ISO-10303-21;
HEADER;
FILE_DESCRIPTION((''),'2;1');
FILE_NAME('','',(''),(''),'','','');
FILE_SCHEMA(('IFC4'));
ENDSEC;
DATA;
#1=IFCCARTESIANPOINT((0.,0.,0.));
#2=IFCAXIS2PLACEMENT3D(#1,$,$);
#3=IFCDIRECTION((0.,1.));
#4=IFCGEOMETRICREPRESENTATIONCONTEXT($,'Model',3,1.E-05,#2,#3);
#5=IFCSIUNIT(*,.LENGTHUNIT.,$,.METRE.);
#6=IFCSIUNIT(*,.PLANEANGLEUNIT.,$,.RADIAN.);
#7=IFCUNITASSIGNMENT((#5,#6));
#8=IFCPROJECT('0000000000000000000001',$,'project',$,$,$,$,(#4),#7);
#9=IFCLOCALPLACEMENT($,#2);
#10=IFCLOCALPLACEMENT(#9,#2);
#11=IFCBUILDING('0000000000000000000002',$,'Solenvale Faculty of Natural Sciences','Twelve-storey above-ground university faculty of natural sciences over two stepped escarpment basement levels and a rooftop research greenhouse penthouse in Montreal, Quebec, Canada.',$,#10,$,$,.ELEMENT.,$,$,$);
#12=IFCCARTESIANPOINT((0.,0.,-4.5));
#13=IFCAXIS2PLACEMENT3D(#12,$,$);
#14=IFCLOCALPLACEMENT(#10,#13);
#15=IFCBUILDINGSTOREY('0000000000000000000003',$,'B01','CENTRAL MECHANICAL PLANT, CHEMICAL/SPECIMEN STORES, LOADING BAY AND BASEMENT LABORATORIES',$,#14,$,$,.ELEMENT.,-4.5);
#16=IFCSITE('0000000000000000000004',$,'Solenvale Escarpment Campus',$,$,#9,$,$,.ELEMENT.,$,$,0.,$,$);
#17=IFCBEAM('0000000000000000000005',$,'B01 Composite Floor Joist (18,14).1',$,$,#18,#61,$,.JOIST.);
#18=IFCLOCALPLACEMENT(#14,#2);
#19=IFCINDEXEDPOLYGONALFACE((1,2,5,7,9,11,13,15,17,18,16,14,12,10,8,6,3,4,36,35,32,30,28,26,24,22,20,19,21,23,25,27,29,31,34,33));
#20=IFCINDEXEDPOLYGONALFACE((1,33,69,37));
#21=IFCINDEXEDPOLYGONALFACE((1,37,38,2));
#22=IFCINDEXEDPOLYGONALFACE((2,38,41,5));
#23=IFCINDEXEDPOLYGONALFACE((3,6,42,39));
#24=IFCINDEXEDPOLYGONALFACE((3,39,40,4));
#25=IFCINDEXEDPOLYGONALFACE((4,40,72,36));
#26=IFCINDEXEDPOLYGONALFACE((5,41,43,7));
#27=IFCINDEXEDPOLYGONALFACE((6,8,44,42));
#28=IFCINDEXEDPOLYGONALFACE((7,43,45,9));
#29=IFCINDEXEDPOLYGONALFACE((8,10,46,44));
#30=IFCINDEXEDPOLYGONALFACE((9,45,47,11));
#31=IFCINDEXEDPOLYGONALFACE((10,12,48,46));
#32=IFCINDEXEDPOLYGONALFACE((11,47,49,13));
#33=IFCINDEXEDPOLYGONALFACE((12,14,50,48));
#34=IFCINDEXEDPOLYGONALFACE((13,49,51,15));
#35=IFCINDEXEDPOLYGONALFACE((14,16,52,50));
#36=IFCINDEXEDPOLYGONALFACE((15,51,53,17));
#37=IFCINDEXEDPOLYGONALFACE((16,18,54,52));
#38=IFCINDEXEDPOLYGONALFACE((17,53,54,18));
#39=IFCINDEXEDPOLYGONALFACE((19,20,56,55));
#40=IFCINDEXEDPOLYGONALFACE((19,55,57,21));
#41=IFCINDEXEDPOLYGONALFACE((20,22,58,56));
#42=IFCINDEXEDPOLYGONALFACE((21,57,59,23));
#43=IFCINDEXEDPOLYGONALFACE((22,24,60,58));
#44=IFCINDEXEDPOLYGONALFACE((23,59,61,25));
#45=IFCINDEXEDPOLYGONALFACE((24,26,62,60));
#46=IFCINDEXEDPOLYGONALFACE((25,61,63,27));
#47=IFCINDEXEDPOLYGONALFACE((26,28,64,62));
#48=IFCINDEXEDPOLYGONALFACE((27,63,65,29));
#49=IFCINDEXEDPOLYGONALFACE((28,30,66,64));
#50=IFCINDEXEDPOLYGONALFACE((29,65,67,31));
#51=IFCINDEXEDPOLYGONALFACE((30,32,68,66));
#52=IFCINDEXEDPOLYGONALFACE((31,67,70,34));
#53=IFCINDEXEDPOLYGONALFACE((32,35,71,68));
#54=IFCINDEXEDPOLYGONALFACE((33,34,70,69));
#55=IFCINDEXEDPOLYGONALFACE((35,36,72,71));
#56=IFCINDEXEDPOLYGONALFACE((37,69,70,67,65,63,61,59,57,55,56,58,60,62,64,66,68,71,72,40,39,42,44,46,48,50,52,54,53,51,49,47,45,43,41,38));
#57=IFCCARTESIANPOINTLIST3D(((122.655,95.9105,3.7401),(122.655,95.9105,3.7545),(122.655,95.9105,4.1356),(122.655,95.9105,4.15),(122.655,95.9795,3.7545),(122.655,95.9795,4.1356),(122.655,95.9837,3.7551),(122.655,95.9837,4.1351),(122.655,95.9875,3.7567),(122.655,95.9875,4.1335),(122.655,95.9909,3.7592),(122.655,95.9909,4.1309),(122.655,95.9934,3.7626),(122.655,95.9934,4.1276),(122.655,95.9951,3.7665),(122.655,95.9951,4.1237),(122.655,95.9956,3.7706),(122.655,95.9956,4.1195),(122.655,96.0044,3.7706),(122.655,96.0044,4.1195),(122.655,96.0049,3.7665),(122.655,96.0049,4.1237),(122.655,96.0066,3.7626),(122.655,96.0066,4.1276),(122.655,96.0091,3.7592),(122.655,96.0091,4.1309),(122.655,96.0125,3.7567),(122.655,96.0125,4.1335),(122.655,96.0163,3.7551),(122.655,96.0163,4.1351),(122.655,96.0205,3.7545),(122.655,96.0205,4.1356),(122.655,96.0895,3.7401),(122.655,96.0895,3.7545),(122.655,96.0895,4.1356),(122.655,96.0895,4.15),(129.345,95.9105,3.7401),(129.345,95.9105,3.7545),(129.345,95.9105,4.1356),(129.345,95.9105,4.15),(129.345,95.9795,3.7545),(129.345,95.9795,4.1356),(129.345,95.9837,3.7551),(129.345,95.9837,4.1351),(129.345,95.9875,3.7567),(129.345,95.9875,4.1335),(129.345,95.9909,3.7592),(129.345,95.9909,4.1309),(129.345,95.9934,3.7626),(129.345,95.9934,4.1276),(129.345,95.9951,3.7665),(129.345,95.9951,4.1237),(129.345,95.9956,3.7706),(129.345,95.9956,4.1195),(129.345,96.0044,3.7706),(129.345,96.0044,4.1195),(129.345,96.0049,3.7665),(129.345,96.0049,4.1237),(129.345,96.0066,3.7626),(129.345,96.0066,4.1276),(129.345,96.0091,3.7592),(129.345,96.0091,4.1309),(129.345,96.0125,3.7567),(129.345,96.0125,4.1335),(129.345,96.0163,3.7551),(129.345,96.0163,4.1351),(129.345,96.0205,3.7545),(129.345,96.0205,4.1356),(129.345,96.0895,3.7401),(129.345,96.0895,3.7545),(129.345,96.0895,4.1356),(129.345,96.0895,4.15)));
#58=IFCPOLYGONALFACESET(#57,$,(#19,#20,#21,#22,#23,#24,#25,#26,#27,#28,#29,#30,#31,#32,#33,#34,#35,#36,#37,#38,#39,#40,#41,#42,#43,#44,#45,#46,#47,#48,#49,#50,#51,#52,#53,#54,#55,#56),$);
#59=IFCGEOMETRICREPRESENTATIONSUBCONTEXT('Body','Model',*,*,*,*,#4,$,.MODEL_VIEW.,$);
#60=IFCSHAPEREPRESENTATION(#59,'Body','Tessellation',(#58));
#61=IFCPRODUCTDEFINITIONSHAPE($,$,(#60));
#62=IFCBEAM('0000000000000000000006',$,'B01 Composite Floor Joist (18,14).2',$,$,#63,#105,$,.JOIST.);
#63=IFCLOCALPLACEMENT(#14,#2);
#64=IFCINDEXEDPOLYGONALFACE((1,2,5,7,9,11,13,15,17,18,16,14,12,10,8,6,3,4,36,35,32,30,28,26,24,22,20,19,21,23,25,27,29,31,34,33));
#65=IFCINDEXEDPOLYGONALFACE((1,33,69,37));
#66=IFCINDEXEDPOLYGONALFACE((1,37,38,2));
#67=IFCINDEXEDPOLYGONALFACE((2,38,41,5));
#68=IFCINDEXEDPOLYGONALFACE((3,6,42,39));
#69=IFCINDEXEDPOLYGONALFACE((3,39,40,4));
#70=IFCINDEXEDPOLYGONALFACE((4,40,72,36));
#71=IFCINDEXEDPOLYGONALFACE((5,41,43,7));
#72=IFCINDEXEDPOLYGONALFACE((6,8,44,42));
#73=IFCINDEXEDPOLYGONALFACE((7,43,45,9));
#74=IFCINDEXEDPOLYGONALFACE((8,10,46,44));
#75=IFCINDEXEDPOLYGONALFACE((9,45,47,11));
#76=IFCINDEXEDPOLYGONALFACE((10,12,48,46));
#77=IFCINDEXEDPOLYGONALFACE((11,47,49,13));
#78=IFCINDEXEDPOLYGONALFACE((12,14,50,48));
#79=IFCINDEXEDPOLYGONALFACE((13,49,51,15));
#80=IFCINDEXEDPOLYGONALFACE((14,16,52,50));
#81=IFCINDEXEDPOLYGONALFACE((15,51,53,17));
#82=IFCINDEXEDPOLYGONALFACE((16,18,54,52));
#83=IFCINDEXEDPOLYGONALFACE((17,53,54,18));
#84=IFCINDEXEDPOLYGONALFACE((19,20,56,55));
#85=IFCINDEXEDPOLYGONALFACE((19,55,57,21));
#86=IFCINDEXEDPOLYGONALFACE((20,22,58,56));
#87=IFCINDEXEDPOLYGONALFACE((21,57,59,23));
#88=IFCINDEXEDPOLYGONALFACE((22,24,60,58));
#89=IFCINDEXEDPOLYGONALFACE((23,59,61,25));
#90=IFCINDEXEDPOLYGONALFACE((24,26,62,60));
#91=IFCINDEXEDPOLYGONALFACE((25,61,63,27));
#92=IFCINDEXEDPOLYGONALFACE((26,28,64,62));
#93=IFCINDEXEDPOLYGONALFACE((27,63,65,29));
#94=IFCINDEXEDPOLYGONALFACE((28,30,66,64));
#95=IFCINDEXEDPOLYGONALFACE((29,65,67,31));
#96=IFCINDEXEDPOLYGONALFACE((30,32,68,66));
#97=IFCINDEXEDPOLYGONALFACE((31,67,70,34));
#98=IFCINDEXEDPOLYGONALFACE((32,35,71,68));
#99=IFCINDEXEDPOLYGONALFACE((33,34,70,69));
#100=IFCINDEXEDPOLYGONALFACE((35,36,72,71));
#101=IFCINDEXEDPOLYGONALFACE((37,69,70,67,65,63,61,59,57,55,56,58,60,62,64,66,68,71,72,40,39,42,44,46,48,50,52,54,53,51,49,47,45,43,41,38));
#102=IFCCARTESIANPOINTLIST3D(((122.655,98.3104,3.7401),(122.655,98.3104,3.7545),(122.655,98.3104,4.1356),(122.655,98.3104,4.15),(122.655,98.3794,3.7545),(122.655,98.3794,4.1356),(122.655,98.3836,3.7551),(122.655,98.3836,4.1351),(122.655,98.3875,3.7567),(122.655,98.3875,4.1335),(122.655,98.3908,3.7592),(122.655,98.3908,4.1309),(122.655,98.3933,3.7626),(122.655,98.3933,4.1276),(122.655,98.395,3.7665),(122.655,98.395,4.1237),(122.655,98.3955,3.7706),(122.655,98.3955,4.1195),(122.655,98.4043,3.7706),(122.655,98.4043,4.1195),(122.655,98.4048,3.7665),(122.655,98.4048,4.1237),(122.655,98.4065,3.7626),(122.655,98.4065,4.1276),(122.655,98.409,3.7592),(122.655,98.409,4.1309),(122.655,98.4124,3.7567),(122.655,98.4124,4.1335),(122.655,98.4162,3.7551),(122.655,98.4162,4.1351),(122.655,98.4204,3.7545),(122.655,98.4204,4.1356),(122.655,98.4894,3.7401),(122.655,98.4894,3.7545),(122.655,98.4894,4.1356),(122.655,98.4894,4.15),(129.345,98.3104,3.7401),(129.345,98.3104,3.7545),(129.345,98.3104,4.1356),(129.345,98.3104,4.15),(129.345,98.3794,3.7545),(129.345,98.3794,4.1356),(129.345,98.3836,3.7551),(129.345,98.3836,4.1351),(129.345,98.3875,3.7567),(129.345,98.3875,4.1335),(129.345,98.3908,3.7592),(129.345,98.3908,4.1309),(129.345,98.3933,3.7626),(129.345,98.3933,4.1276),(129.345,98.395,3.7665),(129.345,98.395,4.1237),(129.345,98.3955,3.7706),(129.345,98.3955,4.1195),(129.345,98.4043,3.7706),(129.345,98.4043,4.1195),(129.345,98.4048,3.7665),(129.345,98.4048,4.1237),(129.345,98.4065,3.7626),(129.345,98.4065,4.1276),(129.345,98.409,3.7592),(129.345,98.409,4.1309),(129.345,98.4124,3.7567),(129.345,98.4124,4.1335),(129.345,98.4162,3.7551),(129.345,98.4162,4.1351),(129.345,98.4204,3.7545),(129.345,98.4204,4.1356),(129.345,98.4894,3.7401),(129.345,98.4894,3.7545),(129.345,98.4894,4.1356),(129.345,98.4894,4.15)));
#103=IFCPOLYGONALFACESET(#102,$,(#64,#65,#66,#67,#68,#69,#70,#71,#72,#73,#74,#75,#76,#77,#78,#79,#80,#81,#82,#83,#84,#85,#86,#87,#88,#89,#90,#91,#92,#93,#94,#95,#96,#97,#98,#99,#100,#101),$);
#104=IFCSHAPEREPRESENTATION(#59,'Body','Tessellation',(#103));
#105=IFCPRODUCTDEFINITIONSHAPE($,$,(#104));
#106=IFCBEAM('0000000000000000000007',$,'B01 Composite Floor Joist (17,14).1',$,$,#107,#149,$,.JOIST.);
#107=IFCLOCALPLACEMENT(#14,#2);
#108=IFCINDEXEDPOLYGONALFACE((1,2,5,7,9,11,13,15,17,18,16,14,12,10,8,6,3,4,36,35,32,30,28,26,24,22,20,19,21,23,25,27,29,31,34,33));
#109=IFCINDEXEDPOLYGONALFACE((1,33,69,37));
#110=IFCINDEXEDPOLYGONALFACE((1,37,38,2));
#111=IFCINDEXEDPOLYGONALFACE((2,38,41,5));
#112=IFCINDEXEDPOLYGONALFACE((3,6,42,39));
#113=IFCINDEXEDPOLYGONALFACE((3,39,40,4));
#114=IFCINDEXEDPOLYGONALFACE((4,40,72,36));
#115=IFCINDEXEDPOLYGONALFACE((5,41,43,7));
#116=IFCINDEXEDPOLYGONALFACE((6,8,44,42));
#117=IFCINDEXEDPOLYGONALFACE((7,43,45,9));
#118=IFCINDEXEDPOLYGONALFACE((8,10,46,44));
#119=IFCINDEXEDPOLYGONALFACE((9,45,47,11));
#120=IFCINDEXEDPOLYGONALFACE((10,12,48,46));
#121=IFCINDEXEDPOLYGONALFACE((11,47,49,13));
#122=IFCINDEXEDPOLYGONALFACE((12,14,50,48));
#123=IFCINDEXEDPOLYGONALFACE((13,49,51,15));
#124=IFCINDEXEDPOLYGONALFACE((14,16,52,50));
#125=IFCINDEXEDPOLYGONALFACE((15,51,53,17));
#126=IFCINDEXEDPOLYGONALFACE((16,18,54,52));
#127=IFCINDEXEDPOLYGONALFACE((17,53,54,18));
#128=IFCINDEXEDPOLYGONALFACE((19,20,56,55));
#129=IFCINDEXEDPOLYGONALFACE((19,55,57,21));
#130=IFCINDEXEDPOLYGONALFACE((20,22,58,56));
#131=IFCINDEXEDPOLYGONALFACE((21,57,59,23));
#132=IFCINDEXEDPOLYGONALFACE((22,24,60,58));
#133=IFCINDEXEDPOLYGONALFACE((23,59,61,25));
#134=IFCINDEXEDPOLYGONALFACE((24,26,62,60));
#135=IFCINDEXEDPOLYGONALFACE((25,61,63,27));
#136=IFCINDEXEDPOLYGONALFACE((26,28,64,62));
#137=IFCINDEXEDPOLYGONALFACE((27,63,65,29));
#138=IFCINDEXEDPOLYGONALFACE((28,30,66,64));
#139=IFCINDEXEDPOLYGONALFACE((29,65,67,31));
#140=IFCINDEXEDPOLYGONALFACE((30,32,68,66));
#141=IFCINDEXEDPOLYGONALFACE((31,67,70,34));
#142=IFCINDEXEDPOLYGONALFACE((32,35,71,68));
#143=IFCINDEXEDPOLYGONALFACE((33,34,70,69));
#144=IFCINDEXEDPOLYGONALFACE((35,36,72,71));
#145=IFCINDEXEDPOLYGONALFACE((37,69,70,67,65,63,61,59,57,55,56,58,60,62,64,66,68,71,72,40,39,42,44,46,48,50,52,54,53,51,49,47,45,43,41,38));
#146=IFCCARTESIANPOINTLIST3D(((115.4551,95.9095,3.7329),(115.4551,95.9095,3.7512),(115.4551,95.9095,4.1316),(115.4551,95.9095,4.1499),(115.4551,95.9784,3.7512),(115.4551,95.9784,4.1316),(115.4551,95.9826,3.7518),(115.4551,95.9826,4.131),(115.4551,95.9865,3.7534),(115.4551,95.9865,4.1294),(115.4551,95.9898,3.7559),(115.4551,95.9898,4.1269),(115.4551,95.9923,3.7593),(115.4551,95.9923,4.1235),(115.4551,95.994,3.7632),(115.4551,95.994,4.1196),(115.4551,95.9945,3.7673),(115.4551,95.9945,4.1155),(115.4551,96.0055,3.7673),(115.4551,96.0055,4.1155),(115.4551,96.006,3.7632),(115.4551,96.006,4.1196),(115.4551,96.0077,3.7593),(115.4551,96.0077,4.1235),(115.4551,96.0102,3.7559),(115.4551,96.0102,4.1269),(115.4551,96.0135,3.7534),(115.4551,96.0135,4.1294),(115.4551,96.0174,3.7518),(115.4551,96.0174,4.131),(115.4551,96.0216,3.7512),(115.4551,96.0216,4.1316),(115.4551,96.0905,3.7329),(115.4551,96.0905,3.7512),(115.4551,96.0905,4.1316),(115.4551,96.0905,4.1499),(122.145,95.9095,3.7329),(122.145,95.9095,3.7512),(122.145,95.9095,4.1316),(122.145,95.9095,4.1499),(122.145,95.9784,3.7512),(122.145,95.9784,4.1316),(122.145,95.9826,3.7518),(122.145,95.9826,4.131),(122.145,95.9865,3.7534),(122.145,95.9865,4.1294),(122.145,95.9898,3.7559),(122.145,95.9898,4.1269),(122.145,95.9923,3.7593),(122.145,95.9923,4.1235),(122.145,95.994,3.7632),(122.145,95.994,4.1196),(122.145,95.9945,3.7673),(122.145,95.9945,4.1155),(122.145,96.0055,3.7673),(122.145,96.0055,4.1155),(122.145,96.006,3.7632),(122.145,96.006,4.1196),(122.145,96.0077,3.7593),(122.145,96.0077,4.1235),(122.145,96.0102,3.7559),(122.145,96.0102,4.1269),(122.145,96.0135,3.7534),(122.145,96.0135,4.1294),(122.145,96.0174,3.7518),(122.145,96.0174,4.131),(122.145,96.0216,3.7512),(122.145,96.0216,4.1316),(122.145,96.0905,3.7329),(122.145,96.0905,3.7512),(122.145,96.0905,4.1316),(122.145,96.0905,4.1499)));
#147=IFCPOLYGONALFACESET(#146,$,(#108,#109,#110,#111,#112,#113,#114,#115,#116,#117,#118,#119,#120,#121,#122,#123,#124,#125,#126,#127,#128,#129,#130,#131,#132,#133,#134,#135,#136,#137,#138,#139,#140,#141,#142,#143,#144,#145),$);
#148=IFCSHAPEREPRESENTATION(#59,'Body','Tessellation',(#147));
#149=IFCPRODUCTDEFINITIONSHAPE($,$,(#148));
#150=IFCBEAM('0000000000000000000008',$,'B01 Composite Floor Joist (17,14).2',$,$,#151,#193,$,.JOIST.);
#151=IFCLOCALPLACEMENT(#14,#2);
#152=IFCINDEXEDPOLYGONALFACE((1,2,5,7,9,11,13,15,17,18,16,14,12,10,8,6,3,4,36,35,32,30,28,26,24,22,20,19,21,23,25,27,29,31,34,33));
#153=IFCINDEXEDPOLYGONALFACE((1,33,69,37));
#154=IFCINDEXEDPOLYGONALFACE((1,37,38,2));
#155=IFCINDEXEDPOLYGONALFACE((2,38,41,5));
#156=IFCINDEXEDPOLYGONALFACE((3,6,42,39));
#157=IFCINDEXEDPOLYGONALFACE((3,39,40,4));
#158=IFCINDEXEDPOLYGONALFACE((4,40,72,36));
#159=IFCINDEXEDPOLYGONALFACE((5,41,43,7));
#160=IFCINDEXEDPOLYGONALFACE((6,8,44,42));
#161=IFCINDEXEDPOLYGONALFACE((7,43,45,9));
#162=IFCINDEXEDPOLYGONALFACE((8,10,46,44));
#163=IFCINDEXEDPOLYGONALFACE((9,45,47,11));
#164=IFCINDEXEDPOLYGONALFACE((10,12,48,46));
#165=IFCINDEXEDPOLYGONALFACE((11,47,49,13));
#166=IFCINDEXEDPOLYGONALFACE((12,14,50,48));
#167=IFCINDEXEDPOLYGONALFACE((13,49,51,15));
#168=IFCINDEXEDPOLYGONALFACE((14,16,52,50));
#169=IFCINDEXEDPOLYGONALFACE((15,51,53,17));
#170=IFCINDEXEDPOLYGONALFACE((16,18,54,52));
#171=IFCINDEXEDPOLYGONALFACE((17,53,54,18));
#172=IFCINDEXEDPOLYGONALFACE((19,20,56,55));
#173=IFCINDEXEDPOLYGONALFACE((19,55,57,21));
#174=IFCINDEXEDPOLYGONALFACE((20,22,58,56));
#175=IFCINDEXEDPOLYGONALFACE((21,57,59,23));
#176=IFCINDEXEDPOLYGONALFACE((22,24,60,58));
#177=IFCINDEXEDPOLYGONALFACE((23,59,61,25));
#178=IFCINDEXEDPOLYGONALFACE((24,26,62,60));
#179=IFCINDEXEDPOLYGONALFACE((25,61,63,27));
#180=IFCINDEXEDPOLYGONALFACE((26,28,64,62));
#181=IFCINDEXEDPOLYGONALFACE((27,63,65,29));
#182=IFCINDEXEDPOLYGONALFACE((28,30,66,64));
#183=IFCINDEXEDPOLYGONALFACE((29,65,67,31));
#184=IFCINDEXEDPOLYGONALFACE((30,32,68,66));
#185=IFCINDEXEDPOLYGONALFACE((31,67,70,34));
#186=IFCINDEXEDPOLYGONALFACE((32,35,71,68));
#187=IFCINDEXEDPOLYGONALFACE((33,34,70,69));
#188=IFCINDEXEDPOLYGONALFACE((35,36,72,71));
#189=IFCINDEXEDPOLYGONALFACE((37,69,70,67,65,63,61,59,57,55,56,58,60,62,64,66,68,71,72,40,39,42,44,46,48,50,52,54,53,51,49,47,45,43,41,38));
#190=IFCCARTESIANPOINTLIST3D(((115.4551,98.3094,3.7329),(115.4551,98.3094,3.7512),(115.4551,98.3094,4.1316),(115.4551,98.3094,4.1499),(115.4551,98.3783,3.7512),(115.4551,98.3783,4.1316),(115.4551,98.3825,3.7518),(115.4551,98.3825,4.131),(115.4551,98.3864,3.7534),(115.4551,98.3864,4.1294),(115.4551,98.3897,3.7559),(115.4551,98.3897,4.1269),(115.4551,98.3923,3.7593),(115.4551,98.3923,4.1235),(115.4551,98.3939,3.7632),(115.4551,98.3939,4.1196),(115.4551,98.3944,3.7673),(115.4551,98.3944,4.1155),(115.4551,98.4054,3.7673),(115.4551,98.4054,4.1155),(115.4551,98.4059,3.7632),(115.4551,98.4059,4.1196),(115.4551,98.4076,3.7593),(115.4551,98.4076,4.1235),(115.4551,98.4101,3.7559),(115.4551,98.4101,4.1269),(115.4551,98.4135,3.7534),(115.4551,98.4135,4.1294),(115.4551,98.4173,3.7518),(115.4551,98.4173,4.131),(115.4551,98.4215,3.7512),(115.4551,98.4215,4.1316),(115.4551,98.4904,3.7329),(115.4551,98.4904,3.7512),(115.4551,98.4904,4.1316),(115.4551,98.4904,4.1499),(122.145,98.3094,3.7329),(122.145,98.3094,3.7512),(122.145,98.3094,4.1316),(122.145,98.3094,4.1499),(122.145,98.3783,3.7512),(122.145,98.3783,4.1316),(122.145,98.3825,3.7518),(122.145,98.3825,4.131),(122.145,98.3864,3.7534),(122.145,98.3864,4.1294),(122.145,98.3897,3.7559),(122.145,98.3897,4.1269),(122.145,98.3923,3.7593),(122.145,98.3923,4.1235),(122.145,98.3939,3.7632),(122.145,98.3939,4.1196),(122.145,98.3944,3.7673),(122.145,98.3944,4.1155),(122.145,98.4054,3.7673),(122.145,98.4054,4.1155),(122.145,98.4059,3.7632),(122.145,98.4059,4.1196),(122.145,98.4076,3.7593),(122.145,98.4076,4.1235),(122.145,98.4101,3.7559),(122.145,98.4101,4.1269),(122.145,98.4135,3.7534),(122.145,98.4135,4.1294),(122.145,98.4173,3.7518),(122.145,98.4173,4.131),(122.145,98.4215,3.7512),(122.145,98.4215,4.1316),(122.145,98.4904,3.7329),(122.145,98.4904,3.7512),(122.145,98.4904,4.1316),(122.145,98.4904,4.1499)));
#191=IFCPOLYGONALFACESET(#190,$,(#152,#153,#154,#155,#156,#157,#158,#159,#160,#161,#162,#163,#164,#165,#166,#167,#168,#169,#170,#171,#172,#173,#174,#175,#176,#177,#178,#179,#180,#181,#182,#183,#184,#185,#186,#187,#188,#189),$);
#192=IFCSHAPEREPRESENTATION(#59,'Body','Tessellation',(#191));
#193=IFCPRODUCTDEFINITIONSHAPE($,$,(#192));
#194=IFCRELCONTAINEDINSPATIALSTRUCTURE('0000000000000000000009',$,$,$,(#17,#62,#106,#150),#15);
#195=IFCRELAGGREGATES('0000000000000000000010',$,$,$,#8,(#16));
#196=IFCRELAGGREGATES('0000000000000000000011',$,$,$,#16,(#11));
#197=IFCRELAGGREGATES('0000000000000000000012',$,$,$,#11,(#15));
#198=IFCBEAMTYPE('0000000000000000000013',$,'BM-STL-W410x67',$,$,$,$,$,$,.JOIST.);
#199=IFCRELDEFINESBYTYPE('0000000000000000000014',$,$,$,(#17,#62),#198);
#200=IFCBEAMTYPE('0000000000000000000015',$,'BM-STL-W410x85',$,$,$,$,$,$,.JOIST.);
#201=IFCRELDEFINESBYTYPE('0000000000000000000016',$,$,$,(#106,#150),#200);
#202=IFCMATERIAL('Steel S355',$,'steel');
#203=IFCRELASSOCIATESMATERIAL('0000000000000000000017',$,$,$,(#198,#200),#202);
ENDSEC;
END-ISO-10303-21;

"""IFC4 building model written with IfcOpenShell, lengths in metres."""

from ifc_helpers import new_model, si_unit, direction, frame, origin, origin_2d, place, context, subcontext, project, spatial, i_section, extrude, material, material_profile, profile_set, type_object, element, save


model = new_model("IFC4")

# Units and contexts
model_context = context("Model", 3, precision=1e-05, world=origin(), true_north=direction((0.0, 1.0)))
body_context = subcontext(model_context, "Body", "Model", "MODEL_VIEW")
ifc_project = project(units=[si_unit("LENGTHUNIT", "METRE"), si_unit("PLANEANGLEUNIT", "RADIAN")], contexts=[model_context])

# Site, building, storey
site_placement = place(None, origin())
site = spatial("IfcSite", under=ifc_project, at=site_placement, Name="Solenvale Escarpment Campus", CompositionType="ELEMENT", RefElevation=0.0)
building_placement = place(site_placement, origin())
building = spatial("IfcBuilding", under=site, at=building_placement, Name="Solenvale Faculty of Natural Sciences", Description="Twelve-storey above-ground university faculty of natural sciences over two stepped escarpment basement levels and a rooftop research greenhouse penthouse in Montreal, Quebec, Canada.", CompositionType="ELEMENT")
storey_placement = place(building_placement, frame((0.0, 0.0, -4.5)))
storey = spatial("IfcBuildingStorey", under=building, at=storey_placement, Name="B01", Description="CENTRAL MECHANICAL PLANT, CHEMICAL/SPECIMEN STORES, LOADING BAY AND BASEMENT LABORATORIES", CompositionType="ELEMENT", Elevation=-4.5)

# Beams
ifc_material_1 = material(Name="Steel S355", Category="steel")
ifc_material_profile_1 = material_profile(ifc_material_1, i_section(OverallWidth=0.179, OverallDepth=0.4099, WebThickness=0.0088, FlangeThickness=0.0144, FilletRadius=0.0161, at=origin_2d()), Name="W410x67")
ifc_profile_set_1 = profile_set([ifc_material_profile_1], Name="Steel S355")
beam_type_1 = type_object("IfcBeamType", Name="BM-STL-W410x67", PredefinedType="JOIST", material=ifc_profile_set_1)
for number, where, z_axis, x_axis, name in (
    (1, (122.655, 96.0, 3.9451), (1.0, 0.0, 0.0), (0.0, 1.0, 0.0), "B01 Composite Floor Joist (18,14).1"),
    (2, (122.655, 98.3999, 3.9451), (1.0, 0.0, 0.0), (0.0, 1.0, 0.0), "B01 Composite Floor Joist (18,14).2"),
):
    element("IfcBeam", number, at=place(storey_placement, frame(where, z_axis=z_axis, x_axis=x_axis)), inside=storey, type_object=beam_type_1, Name=name, PredefinedType="JOIST", context=body_context, shape_type="SweptSolid", body=[
        extrude(i_section(OverallWidth=0.179, OverallDepth=0.4099, WebThickness=0.0088, FlangeThickness=0.0144, FilletRadius=0.0161, at=origin_2d()), origin(), (0.0, 0.0, 1.0), 6.6899),
    ])
ifc_material_profile_2 = material_profile(ifc_material_1, i_section(OverallWidth=0.1809, OverallDepth=0.417, WebThickness=0.011, FlangeThickness=0.0183, FilletRadius=0.0161, at=origin_2d()), Name="W410x85")
ifc_profile_set_2 = profile_set([ifc_material_profile_2], Name="Steel S355")
beam_type_2 = type_object("IfcBeamType", Name="BM-STL-W410x85", PredefinedType="JOIST", material=ifc_profile_set_2)
for number, where, z_axis, x_axis, name in (
    (3, (115.4551, 96.0, 3.9414), (1.0, 0.0, 0.0), (0.0, 1.0, 0.0), "B01 Composite Floor Joist (17,14).1"),
    (4, (115.4551, 98.3999, 3.9414), (1.0, 0.0, 0.0), (0.0, 1.0, 0.0), "B01 Composite Floor Joist (17,14).2"),
):
    element("IfcBeam", number, at=place(storey_placement, frame(where, z_axis=z_axis, x_axis=x_axis)), inside=storey, type_object=beam_type_2, Name=name, PredefinedType="JOIST", context=body_context, shape_type="SweptSolid", body=[
        extrude(i_section(OverallWidth=0.1809, OverallDepth=0.417, WebThickness=0.011, FlangeThickness=0.0183, FilletRadius=0.0161, at=origin_2d()), origin(), (0.0, 0.0, 1.0), 6.6899),
    ])

save(model, "model.ifc")
